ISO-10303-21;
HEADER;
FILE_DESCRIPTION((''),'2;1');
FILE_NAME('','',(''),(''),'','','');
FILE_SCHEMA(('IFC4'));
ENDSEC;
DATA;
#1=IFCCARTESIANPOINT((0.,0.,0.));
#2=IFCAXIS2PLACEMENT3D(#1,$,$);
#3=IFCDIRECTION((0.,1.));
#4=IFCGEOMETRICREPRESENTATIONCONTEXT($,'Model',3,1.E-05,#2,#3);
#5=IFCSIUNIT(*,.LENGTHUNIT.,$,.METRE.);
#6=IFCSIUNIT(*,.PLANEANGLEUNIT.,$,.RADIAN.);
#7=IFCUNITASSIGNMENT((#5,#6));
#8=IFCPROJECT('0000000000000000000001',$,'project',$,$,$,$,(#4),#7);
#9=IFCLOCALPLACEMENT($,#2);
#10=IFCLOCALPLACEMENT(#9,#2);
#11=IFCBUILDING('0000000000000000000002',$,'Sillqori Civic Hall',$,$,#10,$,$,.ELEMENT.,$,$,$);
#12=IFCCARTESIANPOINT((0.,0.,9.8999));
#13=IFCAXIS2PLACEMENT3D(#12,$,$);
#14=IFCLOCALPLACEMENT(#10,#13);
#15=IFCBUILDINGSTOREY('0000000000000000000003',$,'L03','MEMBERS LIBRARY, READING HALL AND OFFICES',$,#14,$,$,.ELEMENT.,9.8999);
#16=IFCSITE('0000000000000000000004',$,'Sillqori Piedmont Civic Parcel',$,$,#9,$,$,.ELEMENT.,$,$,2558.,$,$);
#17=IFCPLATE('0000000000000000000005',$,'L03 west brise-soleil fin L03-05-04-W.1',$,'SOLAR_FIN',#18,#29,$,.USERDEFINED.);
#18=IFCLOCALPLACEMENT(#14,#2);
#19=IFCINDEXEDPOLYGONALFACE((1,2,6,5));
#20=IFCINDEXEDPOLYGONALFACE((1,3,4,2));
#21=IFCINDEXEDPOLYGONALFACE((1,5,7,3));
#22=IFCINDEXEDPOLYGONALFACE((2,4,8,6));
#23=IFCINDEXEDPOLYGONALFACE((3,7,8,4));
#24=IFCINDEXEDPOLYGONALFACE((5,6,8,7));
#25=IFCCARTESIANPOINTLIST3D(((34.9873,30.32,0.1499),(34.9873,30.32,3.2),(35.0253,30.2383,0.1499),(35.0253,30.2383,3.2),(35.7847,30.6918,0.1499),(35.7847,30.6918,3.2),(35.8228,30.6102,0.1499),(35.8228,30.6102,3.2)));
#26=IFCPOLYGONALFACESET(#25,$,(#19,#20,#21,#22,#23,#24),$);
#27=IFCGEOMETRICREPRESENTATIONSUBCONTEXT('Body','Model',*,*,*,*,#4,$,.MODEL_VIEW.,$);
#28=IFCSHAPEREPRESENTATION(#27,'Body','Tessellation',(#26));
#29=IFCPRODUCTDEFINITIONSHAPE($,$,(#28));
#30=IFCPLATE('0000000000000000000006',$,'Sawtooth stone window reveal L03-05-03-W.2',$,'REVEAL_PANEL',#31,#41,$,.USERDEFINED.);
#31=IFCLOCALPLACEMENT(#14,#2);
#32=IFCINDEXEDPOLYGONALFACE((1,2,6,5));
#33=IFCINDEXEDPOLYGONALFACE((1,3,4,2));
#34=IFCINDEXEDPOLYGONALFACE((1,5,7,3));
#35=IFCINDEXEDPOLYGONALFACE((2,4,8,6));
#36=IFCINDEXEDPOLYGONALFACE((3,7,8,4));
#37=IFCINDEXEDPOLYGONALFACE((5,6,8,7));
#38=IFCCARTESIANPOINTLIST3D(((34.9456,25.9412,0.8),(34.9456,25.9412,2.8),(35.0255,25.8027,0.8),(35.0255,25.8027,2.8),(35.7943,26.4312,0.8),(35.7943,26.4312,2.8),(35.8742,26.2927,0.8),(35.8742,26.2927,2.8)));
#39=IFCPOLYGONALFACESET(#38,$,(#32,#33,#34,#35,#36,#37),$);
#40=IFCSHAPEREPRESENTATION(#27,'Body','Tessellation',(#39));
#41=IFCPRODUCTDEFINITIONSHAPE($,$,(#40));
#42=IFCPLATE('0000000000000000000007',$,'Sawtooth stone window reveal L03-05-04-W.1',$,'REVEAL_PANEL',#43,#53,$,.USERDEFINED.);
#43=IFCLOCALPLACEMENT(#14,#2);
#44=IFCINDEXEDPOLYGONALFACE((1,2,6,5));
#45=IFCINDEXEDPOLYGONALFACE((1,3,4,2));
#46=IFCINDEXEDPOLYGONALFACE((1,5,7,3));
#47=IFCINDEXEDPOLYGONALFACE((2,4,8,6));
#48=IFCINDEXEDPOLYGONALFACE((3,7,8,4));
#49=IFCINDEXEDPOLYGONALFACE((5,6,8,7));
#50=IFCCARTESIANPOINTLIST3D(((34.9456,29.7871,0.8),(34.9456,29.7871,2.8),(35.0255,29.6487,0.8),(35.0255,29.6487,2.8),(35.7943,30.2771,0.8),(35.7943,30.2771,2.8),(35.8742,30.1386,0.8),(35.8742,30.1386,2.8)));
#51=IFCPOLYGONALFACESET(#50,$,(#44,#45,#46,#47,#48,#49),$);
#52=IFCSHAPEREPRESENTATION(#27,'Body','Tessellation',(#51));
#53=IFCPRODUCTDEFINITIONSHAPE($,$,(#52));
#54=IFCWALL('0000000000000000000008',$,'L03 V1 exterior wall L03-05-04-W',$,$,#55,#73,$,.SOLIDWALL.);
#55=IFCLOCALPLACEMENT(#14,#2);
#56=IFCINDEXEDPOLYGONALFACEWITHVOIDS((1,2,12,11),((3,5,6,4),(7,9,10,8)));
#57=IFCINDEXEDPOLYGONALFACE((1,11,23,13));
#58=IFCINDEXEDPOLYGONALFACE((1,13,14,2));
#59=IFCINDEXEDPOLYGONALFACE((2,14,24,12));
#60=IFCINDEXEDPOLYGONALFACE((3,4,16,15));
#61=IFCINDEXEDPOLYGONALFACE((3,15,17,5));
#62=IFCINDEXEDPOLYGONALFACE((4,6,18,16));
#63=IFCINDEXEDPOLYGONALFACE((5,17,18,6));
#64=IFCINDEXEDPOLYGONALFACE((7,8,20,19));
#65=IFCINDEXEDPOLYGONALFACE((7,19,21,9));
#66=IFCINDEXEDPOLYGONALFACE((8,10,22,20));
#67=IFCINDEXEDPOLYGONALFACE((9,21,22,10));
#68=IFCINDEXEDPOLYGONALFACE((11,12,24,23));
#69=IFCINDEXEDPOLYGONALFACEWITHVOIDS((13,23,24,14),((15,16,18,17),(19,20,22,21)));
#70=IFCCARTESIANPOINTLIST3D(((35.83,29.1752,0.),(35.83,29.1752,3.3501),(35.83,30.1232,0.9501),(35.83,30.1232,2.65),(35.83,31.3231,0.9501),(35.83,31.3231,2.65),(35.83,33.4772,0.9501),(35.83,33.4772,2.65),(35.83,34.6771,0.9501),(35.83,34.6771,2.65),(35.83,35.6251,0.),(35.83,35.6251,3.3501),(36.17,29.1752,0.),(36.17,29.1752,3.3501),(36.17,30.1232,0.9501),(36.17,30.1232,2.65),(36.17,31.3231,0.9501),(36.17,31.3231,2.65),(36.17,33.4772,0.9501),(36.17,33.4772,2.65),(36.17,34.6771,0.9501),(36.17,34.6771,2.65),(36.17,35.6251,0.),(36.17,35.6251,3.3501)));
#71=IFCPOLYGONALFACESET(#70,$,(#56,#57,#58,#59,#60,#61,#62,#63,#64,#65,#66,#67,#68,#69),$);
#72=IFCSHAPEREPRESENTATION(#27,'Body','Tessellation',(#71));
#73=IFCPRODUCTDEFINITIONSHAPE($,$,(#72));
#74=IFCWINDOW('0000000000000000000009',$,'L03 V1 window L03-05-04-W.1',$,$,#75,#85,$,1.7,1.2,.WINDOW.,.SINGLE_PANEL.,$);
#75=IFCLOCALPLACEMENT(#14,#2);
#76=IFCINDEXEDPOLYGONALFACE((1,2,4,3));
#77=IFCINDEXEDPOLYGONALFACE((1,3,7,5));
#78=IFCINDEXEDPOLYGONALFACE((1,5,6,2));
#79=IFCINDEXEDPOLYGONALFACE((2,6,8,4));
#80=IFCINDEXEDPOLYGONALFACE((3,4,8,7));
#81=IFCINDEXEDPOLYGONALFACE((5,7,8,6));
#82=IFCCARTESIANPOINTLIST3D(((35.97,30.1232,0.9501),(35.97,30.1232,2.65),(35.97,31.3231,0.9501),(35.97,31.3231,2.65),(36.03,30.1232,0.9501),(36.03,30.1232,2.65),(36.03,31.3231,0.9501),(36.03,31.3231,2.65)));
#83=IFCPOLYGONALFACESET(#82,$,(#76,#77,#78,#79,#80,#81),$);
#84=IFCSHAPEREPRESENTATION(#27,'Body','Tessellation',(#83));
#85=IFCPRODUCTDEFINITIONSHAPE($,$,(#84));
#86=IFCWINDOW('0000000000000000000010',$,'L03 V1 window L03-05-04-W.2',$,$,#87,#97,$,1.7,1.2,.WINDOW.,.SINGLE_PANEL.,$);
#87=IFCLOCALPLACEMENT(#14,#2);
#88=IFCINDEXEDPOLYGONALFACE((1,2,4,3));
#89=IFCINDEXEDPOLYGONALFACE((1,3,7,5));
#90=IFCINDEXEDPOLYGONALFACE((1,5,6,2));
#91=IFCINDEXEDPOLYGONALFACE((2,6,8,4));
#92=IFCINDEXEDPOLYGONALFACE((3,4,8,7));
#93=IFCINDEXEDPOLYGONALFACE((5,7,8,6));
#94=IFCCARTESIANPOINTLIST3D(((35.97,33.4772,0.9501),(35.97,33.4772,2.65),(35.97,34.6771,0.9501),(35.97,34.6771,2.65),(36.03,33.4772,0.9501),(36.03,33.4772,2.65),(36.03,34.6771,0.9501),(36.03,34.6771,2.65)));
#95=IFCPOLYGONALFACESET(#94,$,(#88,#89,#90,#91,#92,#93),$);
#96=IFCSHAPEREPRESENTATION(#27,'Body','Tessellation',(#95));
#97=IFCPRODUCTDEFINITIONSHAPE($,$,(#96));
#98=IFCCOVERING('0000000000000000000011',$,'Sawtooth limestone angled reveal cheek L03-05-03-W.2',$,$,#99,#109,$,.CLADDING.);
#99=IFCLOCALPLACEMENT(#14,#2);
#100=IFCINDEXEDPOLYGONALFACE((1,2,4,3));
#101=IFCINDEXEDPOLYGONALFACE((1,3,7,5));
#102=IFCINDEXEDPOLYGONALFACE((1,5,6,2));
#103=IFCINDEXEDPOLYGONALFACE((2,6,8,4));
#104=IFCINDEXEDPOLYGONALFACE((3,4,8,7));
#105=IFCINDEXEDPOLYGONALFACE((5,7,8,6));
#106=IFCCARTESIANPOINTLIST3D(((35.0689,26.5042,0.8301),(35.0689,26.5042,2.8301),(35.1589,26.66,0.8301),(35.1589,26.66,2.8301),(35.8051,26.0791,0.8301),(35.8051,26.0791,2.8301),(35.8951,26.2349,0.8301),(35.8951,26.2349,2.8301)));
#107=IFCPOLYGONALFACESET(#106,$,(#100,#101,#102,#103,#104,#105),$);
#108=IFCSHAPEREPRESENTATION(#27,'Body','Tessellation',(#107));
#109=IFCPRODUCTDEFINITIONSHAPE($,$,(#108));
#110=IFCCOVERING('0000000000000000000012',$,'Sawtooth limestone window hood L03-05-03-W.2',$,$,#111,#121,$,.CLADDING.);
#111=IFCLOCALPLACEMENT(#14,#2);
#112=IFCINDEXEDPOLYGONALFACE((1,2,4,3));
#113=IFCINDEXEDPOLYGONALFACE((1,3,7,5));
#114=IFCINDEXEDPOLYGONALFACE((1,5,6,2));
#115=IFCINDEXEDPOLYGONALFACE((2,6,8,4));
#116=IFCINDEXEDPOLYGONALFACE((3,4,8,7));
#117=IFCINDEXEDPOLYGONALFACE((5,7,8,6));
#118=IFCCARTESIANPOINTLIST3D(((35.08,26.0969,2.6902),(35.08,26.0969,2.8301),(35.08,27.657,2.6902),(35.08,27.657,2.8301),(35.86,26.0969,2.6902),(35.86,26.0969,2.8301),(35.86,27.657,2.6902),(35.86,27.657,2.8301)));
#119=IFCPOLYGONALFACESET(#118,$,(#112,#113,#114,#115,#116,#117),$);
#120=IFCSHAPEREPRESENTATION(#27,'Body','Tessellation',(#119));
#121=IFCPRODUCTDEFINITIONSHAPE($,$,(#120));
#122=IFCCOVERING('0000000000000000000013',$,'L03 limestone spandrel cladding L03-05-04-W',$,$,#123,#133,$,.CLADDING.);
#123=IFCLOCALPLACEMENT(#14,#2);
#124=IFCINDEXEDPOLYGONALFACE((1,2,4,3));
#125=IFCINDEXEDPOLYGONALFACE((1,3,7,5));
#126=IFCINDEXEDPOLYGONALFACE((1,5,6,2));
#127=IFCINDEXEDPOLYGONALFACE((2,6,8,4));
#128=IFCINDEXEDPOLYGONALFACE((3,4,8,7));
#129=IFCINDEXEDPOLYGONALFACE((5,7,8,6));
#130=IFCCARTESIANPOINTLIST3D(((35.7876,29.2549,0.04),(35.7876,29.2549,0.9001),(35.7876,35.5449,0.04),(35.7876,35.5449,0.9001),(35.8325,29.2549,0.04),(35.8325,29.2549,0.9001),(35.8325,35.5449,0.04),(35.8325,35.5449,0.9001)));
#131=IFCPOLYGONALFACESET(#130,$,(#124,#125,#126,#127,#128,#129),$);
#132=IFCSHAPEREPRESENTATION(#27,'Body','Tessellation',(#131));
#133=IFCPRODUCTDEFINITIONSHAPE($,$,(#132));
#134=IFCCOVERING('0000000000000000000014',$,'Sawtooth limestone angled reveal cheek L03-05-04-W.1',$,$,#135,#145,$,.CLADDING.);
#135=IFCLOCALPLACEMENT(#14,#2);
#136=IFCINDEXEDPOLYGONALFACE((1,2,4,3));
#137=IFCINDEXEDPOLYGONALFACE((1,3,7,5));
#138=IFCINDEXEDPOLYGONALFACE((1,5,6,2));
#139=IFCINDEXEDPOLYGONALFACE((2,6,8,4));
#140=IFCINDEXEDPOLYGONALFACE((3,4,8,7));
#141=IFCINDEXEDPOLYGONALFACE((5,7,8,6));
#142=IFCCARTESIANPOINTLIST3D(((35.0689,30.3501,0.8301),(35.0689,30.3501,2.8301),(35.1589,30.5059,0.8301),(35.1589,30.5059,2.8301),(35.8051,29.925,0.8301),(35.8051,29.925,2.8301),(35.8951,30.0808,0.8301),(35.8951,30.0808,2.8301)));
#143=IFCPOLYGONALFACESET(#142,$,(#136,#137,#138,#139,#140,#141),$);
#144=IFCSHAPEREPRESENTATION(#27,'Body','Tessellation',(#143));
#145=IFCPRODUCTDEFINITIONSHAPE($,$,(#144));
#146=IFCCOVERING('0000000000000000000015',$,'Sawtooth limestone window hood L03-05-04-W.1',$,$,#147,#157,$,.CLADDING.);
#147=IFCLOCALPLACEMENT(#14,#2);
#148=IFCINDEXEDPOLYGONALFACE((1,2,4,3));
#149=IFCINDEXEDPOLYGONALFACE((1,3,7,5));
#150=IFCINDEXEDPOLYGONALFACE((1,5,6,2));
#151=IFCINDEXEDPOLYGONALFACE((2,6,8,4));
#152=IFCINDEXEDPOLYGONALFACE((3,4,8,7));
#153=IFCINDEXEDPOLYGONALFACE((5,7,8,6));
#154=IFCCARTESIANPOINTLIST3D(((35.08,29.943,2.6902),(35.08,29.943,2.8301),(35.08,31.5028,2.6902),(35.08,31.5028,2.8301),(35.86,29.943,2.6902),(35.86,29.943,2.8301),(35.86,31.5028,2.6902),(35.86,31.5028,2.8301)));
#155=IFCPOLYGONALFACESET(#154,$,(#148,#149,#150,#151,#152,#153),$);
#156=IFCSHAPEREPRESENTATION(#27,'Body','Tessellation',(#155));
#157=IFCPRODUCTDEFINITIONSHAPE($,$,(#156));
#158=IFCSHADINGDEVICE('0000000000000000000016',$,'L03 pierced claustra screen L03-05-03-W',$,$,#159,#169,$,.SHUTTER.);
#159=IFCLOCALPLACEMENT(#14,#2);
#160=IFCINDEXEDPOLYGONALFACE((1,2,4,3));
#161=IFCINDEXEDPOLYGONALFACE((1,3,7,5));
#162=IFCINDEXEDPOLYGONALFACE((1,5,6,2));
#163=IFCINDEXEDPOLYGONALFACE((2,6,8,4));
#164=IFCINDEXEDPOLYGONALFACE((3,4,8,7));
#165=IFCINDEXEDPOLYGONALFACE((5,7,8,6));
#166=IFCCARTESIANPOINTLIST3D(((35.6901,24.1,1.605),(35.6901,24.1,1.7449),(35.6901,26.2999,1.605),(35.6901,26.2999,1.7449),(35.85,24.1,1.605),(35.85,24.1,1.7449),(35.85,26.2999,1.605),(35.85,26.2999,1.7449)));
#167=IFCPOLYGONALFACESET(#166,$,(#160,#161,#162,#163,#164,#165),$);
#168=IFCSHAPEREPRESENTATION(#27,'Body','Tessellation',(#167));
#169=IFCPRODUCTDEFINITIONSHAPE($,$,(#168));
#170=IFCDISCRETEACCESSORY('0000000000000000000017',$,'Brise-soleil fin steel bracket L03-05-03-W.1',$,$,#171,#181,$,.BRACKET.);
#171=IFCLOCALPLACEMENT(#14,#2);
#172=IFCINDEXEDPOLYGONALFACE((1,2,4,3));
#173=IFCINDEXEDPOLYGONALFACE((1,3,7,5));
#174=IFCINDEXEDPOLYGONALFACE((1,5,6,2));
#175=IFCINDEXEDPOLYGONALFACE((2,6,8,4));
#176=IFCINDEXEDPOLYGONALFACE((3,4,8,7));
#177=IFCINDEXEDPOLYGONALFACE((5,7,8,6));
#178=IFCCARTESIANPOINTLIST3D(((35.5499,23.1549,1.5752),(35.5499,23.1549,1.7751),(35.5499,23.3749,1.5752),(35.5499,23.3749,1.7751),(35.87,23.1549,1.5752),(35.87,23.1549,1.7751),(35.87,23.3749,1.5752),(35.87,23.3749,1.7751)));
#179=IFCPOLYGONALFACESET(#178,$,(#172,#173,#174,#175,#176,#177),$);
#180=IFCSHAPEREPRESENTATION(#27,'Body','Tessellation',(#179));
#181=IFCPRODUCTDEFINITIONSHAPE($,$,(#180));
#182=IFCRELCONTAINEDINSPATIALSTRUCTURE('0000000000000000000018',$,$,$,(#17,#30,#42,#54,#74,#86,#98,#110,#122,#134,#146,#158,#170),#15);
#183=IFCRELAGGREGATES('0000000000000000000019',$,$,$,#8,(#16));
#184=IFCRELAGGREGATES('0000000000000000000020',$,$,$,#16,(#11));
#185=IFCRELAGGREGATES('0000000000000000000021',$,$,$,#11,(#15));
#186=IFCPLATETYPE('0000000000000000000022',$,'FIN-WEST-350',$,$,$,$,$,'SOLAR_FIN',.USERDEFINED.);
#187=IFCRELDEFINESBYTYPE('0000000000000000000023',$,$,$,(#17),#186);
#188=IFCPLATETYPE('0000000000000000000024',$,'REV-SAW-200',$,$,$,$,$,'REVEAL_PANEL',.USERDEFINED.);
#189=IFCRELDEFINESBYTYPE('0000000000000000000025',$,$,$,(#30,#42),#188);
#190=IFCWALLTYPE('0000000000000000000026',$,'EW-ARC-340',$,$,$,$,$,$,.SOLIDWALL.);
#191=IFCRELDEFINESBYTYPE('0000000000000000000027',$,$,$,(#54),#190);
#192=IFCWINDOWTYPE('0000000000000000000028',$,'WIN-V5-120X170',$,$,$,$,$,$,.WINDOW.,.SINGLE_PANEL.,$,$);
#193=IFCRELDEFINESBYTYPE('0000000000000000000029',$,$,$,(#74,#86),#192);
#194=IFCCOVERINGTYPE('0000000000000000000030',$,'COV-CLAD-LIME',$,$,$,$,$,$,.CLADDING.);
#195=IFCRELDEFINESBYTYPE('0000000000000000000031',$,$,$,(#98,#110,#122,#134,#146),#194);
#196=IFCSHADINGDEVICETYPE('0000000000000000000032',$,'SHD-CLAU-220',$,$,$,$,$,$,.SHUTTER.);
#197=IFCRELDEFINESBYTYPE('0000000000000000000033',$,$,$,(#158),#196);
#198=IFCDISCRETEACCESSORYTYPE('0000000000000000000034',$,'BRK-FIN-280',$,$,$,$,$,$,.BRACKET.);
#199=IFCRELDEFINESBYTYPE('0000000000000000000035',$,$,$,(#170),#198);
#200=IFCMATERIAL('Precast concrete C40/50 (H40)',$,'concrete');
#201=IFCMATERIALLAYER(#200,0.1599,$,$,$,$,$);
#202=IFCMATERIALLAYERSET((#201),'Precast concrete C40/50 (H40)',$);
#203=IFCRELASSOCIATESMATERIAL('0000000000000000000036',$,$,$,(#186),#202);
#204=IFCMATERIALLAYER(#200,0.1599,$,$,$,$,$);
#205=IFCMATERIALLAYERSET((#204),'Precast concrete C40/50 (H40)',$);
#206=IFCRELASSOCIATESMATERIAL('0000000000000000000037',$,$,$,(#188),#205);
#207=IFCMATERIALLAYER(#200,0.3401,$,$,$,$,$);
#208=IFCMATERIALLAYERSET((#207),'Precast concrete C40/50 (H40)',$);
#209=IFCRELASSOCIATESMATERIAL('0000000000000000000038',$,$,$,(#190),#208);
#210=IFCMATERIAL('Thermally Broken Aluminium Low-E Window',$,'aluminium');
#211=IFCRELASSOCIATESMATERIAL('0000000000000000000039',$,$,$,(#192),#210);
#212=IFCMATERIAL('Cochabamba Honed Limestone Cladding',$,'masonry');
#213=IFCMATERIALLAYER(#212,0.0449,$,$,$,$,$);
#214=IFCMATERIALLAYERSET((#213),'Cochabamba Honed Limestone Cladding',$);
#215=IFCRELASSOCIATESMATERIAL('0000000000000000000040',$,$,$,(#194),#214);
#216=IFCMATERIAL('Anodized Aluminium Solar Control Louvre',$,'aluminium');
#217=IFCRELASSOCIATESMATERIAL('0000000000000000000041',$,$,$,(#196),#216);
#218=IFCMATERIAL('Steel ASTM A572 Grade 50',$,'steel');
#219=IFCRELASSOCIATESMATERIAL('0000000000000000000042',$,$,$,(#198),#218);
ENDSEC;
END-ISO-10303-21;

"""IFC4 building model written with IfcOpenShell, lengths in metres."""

from ifc_helpers import new_model, si_unit, direction, frame, frame_2d, origin, origin_2d, place, context, subcontext, project, spatial, rectangle, extrude, material, layer, layer_set, type_object, element, fill, save


model = new_model("IFC4")

# Units and contexts
model_context = context("Model", 3, precision=1e-05, world=origin(), true_north=direction((0.0, 1.0)))
body_context = subcontext(model_context, "Body", "Model", "MODEL_VIEW")
ifc_project = project(units=[si_unit("LENGTHUNIT", "METRE"), si_unit("PLANEANGLEUNIT", "RADIAN")], contexts=[model_context])

# Site, building, storey
site_placement = place(None, origin())
site = spatial("IfcSite", under=ifc_project, at=site_placement, Name="Sillqori Piedmont Civic Parcel", CompositionType="ELEMENT", RefElevation=2558.0)
building_placement = place(site_placement, origin())
building = spatial("IfcBuilding", under=site, at=building_placement, Name="Sillqori Civic Hall", CompositionType="ELEMENT")
storey_placement = place(building_placement, frame((0.0, 0.0, 9.8999)))
storey = spatial("IfcBuildingStorey", under=building, at=storey_placement, Name="L03", Description="MEMBERS LIBRARY, READING HALL AND OFFICES", CompositionType="ELEMENT", Elevation=9.8999)

# Plates
ifc_material_1 = material(Name="Precast concrete C40/50 (H40)", Category="concrete")
ifc_layer_1 = layer(ifc_material_1, 0.1599)
ifc_layer_set_1 = layer_set([ifc_layer_1], Name="Precast concrete C40/50 (H40)")
plate_type_1 = type_object("IfcPlateType", Name="FIN-WEST-350", ElementType="SOLAR_FIN", PredefinedType="USERDEFINED", material=ifc_layer_set_1)
for number, where, z_axis, x_axis, name in (
    (1, (35.405, 30.4651, 0.1499), (0.0, 0.0, 1.0), (-0.422618, 0.906308, 0.0), "L03 west brise-soleil fin L03-05-04-W.1"),
):
    element("IfcPlate", number, at=place(storey_placement, frame(where, z_axis=z_axis, x_axis=x_axis)), inside=storey, type_object=plate_type_1, Name=name, ObjectType="SOLAR_FIN", PredefinedType="USERDEFINED", context=body_context, shape_type="SweptSolid", body=[
        extrude(rectangle(XDim=0.0901, YDim=0.8799, at=origin_2d()), origin(), (0.0, 0.0, 1.0), 3.05),
    ])
ifc_layer_2 = layer(ifc_material_1, 0.1599)
ifc_layer_set_2 = layer_set([ifc_layer_2], Name="Precast concrete C40/50 (H40)")
plate_type_2 = type_object("IfcPlateType", Name="REV-SAW-200", ElementType="REVEAL_PANEL", PredefinedType="USERDEFINED", material=ifc_layer_set_2)
for number, where, z_axis, x_axis, name in (
    (2, (35.4099, 26.1169, 0.8), (0.0, 0.0, 1.0), (-0.5, 0.866025, 0.0), "Sawtooth stone window reveal L03-05-03-W.2"),
    (3, (35.4099, 29.9629, 0.8), (0.0, 0.0, 1.0), (-0.5, 0.866025, 0.0), "Sawtooth stone window reveal L03-05-04-W.1"),
):
    element("IfcPlate", number, at=place(storey_placement, frame(where, z_axis=z_axis, x_axis=x_axis)), inside=storey, type_object=plate_type_2, Name=name, ObjectType="REVEAL_PANEL", PredefinedType="USERDEFINED", context=body_context, shape_type="SweptSolid", body=[
        extrude(rectangle(XDim=0.1599, YDim=0.98, at=origin_2d()), origin(), (0.0, 0.0, 1.0), 2.0),
    ])

# Wall, openings, windows
ifc_layer_3 = layer(ifc_material_1, 0.3401)
ifc_layer_set_3 = layer_set([ifc_layer_3], Name="Precast concrete C40/50 (H40)")
wall_type = type_object("IfcWallType", Name="EW-ARC-340", PredefinedType="SOLIDWALL", material=ifc_layer_set_3)
wall_placement = place(storey_placement, frame((36.0, 29.175, 0.0), z_axis=(0.0, 0.0, 1.0), x_axis=(0.0, 1.0, 0.0)))
wall = element("IfcWall", 4, at=wall_placement, inside=storey, type_object=wall_type, Name="L03 V1 exterior wall L03-05-04-W", PredefinedType="SOLIDWALL", context=body_context, shape_type="SweptSolid", body=[
    extrude(rectangle(XDim=6.45, YDim=0.3401, at=frame_2d((3.2251, 0.0))), origin(), (0.0, 0.0, 1.0), 3.3501),
])
opening_1_placement = place(wall_placement, frame((0.948, 0.0, 0.95)))
opening_1 = element("IfcOpeningElement", 5, at=opening_1_placement, cuts=wall, PredefinedType="OPENING", context=body_context, shape_type="SweptSolid", body=[
    extrude(rectangle(XDim=1.2, YDim=1.7, at=frame_2d((0.6001, 0.8501))), frame((0.0, 0.1799, 0.0), z_axis=(0.0, -1.0, 0.0), x_axis=(1.0, 0.0, 0.0)), (0.0, 0.0, 1.0), 0.3601),
])
opening_2_placement = place(wall_placement, frame((4.302, 0.0, 0.95)))
opening_2 = element("IfcOpeningElement", 6, at=opening_2_placement, cuts=wall, PredefinedType="OPENING", context=body_context, shape_type="SweptSolid", body=[
    extrude(rectangle(XDim=1.2, YDim=1.7, at=frame_2d((0.6001, 0.8501))), frame((0.0, 0.1799, 0.0), z_axis=(0.0, -1.0, 0.0), x_axis=(1.0, 0.0, 0.0)), (0.0, 0.0, 1.0), 0.3601),
])
ifc_material_2 = material(Name="Thermally Broken Aluminium Low-E Window", Category="aluminium")
window_type = type_object("IfcWindowType", Name="WIN-V5-120X170", PartitioningType="SINGLE_PANEL", PredefinedType="WINDOW", material=ifc_material_2)
window_1_placement = place(opening_1_placement, origin())
window_1 = element("IfcWindow", 7, at=window_1_placement, inside=storey, type_object=window_type, Name="L03 V1 window L03-05-04-W.1", OverallHeight=1.7, OverallWidth=1.2, PartitioningType="SINGLE_PANEL", PredefinedType="WINDOW", context=body_context, shape_type="SweptSolid", body=[
    extrude(rectangle(XDim=1.2, YDim=1.7, at=frame_2d((0.6001, 0.8501))), frame((0.0, 0.03, 0.0), z_axis=(0.0, -1.0, 0.0), x_axis=(1.0, 0.0, 0.0)), (0.0, 0.0, 1.0), 0.0601),
])
fill(opening_1, window_1)
window_2_placement = place(opening_2_placement, origin())
window_2 = element("IfcWindow", 8, at=window_2_placement, inside=storey, type_object=window_type, Name="L03 V1 window L03-05-04-W.2", OverallHeight=1.7, OverallWidth=1.2, PartitioningType="SINGLE_PANEL", PredefinedType="WINDOW", context=body_context, shape_type="SweptSolid", body=[
    extrude(rectangle(XDim=1.2, YDim=1.7, at=frame_2d((0.6001, 0.8501))), frame((0.0, 0.03, 0.0), z_axis=(0.0, -1.0, 0.0), x_axis=(1.0, 0.0, 0.0)), (0.0, 0.0, 1.0), 0.0601),
])
fill(opening_2, window_2)

# Coverings
ifc_material_3 = material(Name="Cochabamba Honed Limestone Cladding", Category="masonry")
ifc_layer_4 = layer(ifc_material_3, 0.0449)
ifc_layer_set_4 = layer_set([ifc_layer_4], Name="Cochabamba Honed Limestone Cladding")
covering_type = type_object("IfcCoveringType", Name="COV-CLAD-LIME", PredefinedType="CLADDING", material=ifc_layer_set_4)
covering_1_placement = place(storey_placement, frame((35.8501, 26.157, 0.8301), z_axis=(0.0, 0.0, 1.0), x_axis=(-0.865989, 0.500062, 0.0)))
element("IfcCovering", 9, at=covering_1_placement, inside=storey, type_object=covering_type, Name="Sawtooth limestone angled reveal cheek L03-05-03-W.2", PredefinedType="CLADDING", context=body_context, shape_type="SweptSolid", body=[
    extrude(rectangle(XDim=0.8501, YDim=0.1799, at=frame_2d((0.425, 0.0))), origin(), (0.0, 0.0, 1.0), 2.0),
])
covering_2_placement = place(storey_placement, frame((35.47, 26.0969, 2.6902), z_axis=(0.0, 0.0, 1.0), x_axis=(0.0, 1.0, 0.0)))
element("IfcCovering", 10, at=covering_2_placement, inside=storey, type_object=covering_type, Name="Sawtooth limestone window hood L03-05-03-W.2", PredefinedType="CLADDING", context=body_context, shape_type="SweptSolid", body=[
    extrude(rectangle(XDim=1.5601, YDim=0.78, at=frame_2d((0.78, 0.0))), origin(), (0.0, 0.0, 1.0), 0.1399),
])
covering_3_placement = place(storey_placement, frame((35.8101, 29.2549, 0.04), z_axis=(0.0, 0.0, 1.0), x_axis=(0.0, 1.0, 0.0)))
element("IfcCovering", 11, at=covering_3_placement, inside=storey, type_object=covering_type, Name="L03 limestone spandrel cladding L03-05-04-W", PredefinedType="CLADDING", context=body_context, shape_type="SweptSolid", body=[
    extrude(rectangle(XDim=6.29, YDim=0.0449, at=frame_2d((3.145, 0.0))), origin(), (0.0, 0.0, 1.0), 0.8601),
])
covering_4_placement = place(storey_placement, frame((35.8501, 30.0029, 0.8301), z_axis=(0.0, 0.0, 1.0), x_axis=(-0.865989, 0.500062, 0.0)))
element("IfcCovering", 12, at=covering_4_placement, inside=storey, type_object=covering_type, Name="Sawtooth limestone angled reveal cheek L03-05-04-W.1", PredefinedType="CLADDING", context=body_context, shape_type="SweptSolid", body=[
    extrude(rectangle(XDim=0.8501, YDim=0.1799, at=frame_2d((0.425, 0.0))), origin(), (0.0, 0.0, 1.0), 2.0),
])
covering_5_placement = place(storey_placement, frame((35.47, 29.9431, 2.6902), z_axis=(0.0, 0.0, 1.0), x_axis=(0.0, 1.0, 0.0)))
element("IfcCovering", 13, at=covering_5_placement, inside=storey, type_object=covering_type, Name="Sawtooth limestone window hood L03-05-04-W.1", PredefinedType="CLADDING", context=body_context, shape_type="SweptSolid", body=[
    extrude(rectangle(XDim=1.5598, YDim=0.78, at=frame_2d((0.7798, 0.0))), origin(), (0.0, 0.0, 1.0), 0.1399),
])

# Shading device
ifc_material_4 = material(Name="Anodized Aluminium Solar Control Louvre", Category="aluminium")
shading_device_type = type_object("IfcShadingDeviceType", Name="SHD-CLAU-220", PredefinedType="SHUTTER", material=ifc_material_4)
shading_device_placement = place(storey_placement, frame((35.77, 25.2, 1.605), z_axis=(0.0, 0.0, 1.0), x_axis=(0.0, 1.0, 0.0)))
element("IfcShadingDevice", 14, at=shading_device_placement, inside=storey, type_object=shading_device_type, Name="L03 pierced claustra screen L03-05-03-W", PredefinedType="SHUTTER", context=body_context, shape_type="SweptSolid", body=[
    extrude(rectangle(XDim=2.2, YDim=0.1599, at=origin_2d()), origin(), (0.0, 0.0, 1.0), 0.1399),
])

# Discrete accessory
ifc_material_5 = material(Name="Steel ASTM A572 Grade 50", Category="steel")
discrete_accessory_type = type_object("IfcDiscreteAccessoryType", Name="BRK-FIN-280", PredefinedType="BRACKET", material=ifc_material_5)
for number, where, z_axis, x_axis, name in (
    (15, (35.71, 23.2649, 1.5752), (0.0, 0.0, 1.0), (0.0, 1.0, 0.0), "Brise-soleil fin steel bracket L03-05-03-W.1"),
):
    element("IfcDiscreteAccessory", number, at=place(storey_placement, frame(where, z_axis=z_axis, x_axis=x_axis)), inside=storey, type_object=discrete_accessory_type, Name=name, PredefinedType="BRACKET", context=body_context, shape_type="SweptSolid", body=[
        extrude(rectangle(XDim=0.22, YDim=0.3201, at=origin_2d()), origin(), (0.0, 0.0, 1.0), 0.2),
    ])

save(model, "model.ifc")
